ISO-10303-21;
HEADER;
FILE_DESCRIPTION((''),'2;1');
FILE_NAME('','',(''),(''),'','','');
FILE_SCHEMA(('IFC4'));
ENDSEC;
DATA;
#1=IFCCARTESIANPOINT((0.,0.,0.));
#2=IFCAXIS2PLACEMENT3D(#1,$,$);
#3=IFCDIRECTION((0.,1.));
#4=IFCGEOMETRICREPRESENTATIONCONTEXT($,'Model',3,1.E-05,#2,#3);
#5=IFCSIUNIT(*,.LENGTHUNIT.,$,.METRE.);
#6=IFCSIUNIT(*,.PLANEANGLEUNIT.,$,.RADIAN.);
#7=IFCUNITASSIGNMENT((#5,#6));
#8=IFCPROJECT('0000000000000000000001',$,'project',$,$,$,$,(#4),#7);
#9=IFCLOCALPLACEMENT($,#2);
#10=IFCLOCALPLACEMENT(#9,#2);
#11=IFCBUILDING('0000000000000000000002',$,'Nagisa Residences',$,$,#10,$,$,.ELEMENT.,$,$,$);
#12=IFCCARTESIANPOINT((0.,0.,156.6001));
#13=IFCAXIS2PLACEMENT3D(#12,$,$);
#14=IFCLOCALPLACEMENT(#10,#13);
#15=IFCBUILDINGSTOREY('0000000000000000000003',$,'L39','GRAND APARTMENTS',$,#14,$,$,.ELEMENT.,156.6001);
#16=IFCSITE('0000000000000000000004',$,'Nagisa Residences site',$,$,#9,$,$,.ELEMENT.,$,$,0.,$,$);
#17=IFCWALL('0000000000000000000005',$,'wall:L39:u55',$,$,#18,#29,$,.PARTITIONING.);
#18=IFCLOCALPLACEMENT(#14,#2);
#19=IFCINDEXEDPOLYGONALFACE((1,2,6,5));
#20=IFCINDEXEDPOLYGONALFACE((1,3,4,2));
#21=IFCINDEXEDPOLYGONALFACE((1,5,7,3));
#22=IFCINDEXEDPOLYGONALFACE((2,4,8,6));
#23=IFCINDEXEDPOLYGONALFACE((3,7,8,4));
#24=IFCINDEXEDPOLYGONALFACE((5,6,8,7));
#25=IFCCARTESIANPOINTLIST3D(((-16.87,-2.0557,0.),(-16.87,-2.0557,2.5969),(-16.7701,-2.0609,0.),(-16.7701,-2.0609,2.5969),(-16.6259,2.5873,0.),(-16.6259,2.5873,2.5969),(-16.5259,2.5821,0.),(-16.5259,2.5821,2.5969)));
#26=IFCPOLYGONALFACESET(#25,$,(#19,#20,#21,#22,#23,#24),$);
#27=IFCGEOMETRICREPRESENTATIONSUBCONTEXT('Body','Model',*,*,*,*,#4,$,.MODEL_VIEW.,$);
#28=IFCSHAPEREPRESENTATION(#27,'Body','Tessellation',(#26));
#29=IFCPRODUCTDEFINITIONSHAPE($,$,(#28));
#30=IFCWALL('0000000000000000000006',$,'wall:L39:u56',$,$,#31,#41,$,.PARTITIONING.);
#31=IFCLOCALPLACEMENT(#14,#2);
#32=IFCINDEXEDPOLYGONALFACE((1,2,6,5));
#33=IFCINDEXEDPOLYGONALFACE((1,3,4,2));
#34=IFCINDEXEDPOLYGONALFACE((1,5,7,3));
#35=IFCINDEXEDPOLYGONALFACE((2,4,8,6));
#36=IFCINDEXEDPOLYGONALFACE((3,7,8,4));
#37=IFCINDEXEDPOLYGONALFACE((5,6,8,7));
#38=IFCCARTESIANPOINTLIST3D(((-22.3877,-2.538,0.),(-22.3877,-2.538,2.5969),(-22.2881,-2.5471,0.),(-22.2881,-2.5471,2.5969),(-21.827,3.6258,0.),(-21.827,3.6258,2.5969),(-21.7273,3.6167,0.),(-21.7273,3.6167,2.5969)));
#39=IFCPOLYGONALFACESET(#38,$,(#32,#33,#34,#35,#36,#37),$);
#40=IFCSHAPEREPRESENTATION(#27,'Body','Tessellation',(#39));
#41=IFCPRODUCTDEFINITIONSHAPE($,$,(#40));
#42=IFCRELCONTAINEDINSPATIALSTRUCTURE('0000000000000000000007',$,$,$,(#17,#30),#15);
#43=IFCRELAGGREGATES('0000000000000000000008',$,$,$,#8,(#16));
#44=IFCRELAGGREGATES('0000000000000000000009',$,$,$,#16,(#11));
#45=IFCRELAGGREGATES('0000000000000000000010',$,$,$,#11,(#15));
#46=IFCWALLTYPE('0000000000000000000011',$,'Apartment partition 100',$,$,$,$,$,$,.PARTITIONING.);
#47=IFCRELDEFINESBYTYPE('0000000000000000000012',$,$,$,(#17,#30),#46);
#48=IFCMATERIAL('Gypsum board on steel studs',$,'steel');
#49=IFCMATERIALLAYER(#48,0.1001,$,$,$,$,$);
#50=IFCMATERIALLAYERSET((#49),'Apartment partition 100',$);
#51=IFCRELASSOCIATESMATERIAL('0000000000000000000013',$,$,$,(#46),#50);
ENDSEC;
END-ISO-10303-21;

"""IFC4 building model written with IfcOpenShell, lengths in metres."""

from ifc_helpers import new_model, si_unit, direction, frame, frame_2d, origin, place, context, subcontext, project, spatial, rectangle, extrude, material, layer, layer_set, type_object, element, save


model = new_model("IFC4")

# Units and contexts
model_context = context("Model", 3, precision=1e-05, world=origin(), true_north=direction((0.0, 1.0)))
body_context = subcontext(model_context, "Body", "Model", "MODEL_VIEW")
ifc_project = project(units=[si_unit("LENGTHUNIT", "METRE"), si_unit("PLANEANGLEUNIT", "RADIAN")], contexts=[model_context])

# Site, building, storey
site_placement = place(None, origin())
site = spatial("IfcSite", under=ifc_project, at=site_placement, Name="Nagisa Residences site", CompositionType="ELEMENT", RefElevation=0.0)
building_placement = place(site_placement, origin())
building = spatial("IfcBuilding", under=site, at=building_placement, Name="Nagisa Residences", CompositionType="ELEMENT")
storey_placement = place(building_placement, frame((0.0, 0.0, 156.6001)))
storey = spatial("IfcBuildingStorey", under=building, at=storey_placement, Name="L39", Description="GRAND APARTMENTS", CompositionType="ELEMENT", Elevation=156.6001)

# Shared definitions
ifc_material_1 = material(Name="Gypsum board on steel studs", Category="steel")
ifc_layer_1 = layer(ifc_material_1, 0.1001)
ifc_layer_set_1 = layer_set([ifc_layer_1], Name="Apartment partition 100")
wall_type_1 = type_object("IfcWallType", Name="Apartment partition 100", PredefinedType="PARTITIONING", material=ifc_layer_set_1)

# Walls
wall_1_placement = place(storey_placement, frame((-16.5759, 2.5847, 0.0), z_axis=(0.0, 0.0, 1.0), x_axis=(-0.052509, -0.99862, 0.0)))
element("IfcWall", 1, at=wall_1_placement, inside=storey, type_object=wall_type_1, Name="wall:L39:u55", PredefinedType="PARTITIONING", context=body_context, shape_type="SweptSolid", body=[
    extrude(rectangle(XDim=4.6494, YDim=0.1001, at=frame_2d((2.3247, 0.0))), origin(), (0.0, 0.0, 1.0), 2.5969),
])
wall_2_placement = place(storey_placement, frame((-21.7771, 3.6213, 0.0), z_axis=(0.0, 0.0, 1.0), x_axis=(-0.090607, -0.995887, 0.0)))
element("IfcWall", 2, at=wall_2_placement, inside=storey, type_object=wall_type_1, Name="wall:L39:u56", PredefinedType="PARTITIONING", context=body_context, shape_type="SweptSolid", body=[
    extrude(rectangle(XDim=6.1892, YDim=0.1001, at=frame_2d((3.0947, 0.0))), origin(), (0.0, 0.0, 1.0), 2.5969),
])

save(model, "model.ifc")
